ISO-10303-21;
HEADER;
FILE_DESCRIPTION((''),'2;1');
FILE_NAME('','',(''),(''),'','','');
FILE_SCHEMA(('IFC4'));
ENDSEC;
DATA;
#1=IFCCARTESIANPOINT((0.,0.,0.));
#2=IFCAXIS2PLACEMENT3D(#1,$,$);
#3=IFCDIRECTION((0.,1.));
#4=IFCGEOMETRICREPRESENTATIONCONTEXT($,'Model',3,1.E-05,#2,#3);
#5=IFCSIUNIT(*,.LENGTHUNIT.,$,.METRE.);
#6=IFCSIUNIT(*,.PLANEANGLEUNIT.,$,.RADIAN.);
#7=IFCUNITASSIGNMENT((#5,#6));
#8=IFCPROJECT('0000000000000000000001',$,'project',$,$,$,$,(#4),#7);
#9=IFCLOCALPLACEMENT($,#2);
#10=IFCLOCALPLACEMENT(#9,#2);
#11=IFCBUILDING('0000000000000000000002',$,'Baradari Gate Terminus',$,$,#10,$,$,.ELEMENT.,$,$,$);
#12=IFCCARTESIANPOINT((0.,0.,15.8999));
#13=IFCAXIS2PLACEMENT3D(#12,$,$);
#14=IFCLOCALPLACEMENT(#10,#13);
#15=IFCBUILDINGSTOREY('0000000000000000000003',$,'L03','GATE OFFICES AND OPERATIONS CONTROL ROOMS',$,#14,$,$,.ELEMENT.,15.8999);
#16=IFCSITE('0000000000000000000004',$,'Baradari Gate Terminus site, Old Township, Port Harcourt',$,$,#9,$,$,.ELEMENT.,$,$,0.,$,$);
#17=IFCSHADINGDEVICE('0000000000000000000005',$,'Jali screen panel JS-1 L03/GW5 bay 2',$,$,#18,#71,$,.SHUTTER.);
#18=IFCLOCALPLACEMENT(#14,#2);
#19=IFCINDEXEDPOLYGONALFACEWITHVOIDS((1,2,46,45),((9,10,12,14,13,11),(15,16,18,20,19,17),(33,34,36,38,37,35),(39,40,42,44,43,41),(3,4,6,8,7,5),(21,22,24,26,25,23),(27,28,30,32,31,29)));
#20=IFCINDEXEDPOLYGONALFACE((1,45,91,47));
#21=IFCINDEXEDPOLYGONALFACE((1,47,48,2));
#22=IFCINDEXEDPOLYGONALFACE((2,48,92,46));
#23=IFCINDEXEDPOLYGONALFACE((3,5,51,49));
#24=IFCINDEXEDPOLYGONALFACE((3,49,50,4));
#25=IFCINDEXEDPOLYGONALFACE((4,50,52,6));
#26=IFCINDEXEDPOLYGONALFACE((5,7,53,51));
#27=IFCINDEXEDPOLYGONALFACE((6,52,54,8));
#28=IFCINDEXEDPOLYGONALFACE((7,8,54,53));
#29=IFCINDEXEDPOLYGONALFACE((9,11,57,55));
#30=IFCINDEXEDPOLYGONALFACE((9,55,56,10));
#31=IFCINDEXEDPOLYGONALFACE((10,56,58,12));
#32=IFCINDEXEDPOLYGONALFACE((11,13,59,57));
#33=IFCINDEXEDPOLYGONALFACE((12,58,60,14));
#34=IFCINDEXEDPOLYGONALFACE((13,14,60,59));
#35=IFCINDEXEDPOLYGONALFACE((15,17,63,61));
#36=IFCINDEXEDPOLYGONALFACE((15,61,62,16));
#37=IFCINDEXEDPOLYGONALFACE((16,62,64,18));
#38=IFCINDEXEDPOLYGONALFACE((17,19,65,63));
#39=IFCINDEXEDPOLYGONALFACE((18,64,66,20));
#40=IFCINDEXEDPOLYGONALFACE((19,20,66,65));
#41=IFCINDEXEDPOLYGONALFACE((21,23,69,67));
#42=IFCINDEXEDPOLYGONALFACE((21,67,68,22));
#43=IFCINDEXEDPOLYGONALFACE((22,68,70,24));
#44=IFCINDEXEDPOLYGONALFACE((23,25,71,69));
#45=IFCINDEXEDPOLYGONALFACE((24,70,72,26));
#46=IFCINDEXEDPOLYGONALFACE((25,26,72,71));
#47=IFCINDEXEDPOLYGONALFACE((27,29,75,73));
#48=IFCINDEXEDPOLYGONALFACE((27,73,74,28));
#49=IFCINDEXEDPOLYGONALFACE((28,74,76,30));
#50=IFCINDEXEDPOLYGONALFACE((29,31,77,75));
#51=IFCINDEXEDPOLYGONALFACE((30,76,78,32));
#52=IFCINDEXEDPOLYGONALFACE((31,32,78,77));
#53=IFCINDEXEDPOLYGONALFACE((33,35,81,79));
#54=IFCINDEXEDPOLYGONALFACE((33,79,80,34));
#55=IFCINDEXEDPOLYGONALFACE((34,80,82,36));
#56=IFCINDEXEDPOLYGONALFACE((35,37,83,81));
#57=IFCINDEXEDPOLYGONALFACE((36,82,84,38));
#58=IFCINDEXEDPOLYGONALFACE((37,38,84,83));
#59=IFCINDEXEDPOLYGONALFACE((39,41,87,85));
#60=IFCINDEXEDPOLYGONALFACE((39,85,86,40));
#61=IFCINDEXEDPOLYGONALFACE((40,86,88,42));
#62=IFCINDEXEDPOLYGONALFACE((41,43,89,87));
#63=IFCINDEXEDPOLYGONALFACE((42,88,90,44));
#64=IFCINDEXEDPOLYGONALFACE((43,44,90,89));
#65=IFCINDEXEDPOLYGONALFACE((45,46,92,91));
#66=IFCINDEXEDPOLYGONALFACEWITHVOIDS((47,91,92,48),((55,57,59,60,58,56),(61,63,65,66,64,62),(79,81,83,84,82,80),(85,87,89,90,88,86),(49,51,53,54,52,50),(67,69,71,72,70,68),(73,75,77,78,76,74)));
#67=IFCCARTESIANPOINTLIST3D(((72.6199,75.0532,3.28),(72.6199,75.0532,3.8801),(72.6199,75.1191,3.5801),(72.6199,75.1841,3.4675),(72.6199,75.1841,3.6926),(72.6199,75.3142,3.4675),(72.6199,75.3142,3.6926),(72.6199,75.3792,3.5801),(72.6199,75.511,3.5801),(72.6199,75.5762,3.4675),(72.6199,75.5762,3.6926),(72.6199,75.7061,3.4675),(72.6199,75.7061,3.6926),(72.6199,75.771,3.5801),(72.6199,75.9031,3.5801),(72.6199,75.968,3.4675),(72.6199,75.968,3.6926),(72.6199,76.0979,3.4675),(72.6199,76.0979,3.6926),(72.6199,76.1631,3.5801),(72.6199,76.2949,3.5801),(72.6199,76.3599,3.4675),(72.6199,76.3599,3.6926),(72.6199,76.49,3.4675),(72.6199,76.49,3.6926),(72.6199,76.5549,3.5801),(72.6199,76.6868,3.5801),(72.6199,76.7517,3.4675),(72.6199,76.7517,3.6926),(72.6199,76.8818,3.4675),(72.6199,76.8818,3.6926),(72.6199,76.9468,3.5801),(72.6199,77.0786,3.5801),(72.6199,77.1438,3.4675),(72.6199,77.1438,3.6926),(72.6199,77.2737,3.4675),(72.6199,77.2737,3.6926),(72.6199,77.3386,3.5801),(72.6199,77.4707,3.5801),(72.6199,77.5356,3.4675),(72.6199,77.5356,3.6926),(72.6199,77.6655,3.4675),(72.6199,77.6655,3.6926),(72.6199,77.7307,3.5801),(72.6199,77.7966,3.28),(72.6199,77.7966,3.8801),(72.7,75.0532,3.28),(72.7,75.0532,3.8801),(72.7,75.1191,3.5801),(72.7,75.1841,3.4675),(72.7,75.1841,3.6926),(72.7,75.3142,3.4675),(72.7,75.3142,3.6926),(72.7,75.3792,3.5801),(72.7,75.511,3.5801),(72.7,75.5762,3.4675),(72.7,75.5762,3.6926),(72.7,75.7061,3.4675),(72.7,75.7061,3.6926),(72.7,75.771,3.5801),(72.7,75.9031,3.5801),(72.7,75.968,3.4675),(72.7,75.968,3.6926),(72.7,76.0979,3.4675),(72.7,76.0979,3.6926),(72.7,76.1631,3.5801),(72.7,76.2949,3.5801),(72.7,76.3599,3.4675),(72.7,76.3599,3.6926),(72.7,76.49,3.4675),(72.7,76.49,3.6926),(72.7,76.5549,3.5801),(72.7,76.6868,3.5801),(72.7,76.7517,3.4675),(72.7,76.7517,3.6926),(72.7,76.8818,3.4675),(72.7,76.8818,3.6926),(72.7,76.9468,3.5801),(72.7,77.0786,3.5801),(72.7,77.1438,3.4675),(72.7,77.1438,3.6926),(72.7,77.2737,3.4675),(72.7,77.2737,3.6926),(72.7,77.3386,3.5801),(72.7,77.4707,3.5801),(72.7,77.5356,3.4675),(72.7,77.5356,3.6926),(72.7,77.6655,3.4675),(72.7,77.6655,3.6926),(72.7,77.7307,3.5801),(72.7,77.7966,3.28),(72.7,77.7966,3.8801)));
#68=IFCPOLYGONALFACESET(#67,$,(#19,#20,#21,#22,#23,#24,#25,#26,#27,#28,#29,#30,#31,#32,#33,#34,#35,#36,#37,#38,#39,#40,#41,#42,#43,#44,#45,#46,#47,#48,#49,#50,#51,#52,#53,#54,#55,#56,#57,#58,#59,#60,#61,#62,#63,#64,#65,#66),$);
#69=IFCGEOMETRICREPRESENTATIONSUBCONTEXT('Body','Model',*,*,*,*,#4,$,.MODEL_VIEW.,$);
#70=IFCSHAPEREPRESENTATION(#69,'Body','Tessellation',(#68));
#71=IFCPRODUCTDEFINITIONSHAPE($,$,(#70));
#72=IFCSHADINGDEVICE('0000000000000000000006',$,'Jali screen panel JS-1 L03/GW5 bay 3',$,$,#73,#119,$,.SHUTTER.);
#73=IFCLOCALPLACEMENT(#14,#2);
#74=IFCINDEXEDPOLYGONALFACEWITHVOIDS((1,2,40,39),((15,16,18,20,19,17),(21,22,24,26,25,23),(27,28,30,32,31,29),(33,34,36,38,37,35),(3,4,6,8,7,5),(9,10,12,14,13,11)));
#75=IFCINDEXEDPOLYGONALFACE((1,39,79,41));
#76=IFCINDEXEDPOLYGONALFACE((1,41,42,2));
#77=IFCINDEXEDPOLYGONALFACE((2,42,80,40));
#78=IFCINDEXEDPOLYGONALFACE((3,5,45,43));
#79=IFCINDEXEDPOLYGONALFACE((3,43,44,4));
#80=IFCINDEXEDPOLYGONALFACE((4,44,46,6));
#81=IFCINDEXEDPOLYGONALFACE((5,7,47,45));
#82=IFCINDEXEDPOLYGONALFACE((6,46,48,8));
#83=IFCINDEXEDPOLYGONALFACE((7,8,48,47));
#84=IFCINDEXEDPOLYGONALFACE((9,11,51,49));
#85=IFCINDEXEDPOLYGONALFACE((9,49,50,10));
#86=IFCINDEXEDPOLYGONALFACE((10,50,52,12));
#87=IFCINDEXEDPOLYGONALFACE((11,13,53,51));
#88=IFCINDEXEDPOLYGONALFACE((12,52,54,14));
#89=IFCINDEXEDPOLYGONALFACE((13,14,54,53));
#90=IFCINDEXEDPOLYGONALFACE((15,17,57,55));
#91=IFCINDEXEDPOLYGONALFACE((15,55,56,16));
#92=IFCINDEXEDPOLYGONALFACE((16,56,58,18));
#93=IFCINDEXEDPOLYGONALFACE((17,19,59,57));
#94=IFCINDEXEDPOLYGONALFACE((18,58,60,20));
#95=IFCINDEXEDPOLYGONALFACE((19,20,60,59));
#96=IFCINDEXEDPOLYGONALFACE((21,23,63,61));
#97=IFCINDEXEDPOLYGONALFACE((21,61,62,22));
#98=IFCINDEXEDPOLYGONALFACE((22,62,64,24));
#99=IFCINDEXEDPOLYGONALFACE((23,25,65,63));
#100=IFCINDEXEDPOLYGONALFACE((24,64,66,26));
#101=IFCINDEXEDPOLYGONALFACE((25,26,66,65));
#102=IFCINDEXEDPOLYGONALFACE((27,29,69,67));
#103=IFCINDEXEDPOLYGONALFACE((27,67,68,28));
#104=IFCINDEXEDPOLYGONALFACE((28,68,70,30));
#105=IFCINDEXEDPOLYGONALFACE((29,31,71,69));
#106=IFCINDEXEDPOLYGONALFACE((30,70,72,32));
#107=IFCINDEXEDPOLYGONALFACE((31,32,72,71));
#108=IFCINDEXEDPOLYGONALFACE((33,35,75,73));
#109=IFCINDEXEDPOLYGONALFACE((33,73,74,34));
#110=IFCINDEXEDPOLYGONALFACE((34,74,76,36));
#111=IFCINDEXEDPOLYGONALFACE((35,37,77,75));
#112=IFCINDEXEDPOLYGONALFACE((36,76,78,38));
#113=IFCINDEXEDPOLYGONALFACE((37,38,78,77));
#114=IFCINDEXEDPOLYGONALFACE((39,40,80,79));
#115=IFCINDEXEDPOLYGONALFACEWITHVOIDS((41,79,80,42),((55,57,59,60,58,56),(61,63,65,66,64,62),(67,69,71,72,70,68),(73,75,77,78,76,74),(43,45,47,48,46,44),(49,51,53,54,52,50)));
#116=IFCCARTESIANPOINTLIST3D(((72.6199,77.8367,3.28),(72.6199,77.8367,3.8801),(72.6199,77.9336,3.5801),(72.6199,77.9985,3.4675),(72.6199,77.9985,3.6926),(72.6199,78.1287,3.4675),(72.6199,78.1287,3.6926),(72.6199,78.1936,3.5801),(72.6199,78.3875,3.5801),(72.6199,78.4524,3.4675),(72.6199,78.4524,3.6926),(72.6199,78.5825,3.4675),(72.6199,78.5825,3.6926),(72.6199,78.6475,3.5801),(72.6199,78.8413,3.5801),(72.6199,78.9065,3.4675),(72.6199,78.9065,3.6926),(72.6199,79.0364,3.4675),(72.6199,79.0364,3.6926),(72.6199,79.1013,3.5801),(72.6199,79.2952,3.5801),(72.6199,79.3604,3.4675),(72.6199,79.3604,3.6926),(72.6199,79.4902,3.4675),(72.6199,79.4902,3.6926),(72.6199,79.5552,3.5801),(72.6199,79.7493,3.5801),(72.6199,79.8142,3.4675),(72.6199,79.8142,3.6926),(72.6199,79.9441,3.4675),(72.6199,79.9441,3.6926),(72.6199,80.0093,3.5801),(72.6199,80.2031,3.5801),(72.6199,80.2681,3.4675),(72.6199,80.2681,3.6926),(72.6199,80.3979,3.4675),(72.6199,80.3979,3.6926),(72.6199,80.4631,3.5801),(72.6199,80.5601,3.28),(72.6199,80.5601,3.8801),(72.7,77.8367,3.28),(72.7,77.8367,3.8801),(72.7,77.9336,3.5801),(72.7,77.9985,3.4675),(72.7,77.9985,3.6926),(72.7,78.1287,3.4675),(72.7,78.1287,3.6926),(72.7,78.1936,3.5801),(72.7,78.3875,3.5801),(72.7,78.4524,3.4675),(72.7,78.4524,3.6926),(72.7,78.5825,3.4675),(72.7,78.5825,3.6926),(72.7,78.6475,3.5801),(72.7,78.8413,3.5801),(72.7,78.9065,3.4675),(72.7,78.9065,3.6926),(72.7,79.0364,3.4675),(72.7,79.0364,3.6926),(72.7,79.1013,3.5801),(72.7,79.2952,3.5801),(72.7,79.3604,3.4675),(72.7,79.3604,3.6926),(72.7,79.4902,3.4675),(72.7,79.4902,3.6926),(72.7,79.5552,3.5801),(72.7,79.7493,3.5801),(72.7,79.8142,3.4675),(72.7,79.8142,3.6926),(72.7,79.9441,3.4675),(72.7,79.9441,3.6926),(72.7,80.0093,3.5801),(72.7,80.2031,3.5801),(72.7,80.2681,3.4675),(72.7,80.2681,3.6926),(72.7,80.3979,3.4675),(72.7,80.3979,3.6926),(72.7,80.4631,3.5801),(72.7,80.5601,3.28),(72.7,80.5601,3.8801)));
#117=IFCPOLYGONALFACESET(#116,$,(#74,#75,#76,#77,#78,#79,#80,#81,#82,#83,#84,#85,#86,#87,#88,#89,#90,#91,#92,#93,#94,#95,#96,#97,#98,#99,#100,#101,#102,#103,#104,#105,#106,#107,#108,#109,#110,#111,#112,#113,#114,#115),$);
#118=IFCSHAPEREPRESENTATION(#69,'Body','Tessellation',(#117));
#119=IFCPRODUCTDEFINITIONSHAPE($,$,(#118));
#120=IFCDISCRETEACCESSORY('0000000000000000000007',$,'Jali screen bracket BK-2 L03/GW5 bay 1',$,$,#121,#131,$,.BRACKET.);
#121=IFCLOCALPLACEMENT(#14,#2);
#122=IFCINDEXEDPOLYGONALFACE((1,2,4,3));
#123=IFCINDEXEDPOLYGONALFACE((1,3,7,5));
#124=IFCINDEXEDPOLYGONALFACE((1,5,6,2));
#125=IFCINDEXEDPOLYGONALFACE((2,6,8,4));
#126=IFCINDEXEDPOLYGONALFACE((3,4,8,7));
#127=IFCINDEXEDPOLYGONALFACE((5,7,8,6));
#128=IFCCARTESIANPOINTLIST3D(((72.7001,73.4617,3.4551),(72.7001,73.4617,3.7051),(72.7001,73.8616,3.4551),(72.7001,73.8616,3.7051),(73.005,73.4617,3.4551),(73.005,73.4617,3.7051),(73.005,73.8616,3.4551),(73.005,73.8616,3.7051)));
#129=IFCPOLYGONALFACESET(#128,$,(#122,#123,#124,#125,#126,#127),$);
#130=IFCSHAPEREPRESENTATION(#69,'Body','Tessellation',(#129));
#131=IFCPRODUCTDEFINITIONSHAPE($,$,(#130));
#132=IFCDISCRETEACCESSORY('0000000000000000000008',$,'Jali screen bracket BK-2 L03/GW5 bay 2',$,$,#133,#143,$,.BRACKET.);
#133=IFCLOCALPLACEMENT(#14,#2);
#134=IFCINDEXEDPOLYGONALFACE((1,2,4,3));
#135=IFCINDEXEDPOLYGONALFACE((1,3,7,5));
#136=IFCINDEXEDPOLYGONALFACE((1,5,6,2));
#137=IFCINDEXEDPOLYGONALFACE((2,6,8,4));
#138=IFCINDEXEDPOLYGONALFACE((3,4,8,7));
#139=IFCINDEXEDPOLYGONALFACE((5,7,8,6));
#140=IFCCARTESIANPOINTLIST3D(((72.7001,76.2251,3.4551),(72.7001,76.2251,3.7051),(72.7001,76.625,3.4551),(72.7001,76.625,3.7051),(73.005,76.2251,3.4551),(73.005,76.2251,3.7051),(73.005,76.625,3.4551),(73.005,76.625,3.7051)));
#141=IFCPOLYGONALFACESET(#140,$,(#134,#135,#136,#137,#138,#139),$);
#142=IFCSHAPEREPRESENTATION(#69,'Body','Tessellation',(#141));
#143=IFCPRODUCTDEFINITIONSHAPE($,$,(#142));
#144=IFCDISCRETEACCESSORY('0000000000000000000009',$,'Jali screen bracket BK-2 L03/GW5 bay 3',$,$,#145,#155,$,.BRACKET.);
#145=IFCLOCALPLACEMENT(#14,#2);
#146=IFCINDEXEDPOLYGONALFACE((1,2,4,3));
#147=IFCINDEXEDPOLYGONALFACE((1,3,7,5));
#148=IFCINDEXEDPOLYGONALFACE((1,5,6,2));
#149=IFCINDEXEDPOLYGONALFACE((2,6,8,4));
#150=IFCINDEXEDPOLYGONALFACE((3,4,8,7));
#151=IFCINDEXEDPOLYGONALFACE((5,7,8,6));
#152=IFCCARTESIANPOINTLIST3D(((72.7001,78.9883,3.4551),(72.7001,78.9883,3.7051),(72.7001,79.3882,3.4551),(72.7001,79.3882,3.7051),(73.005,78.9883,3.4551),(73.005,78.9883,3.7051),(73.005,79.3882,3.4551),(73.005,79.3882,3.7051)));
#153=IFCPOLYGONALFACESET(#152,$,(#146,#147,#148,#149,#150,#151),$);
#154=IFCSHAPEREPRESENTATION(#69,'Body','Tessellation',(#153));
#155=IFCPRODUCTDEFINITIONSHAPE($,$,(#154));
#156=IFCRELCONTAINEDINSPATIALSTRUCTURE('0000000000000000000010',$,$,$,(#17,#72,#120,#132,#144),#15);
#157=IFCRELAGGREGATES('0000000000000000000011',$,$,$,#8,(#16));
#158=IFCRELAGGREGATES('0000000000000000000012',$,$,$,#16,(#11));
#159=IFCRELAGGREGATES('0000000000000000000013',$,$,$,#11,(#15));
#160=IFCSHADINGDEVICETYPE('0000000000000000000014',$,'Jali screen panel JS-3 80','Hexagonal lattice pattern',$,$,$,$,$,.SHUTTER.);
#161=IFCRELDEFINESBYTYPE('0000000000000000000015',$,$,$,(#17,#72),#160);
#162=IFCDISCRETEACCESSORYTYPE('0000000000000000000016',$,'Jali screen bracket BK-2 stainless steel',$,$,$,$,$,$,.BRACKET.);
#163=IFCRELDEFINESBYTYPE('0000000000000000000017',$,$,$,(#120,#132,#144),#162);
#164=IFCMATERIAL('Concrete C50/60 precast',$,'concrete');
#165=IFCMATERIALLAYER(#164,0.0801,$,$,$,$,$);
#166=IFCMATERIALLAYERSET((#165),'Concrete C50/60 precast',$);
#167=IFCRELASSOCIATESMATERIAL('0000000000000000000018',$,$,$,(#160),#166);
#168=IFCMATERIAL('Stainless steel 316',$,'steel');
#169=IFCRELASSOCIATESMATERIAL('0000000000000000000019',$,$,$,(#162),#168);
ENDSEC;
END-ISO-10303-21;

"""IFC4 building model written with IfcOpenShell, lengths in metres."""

from ifc_helpers import new_model, si_unit, direction, frame, origin, origin_2d, place, context, subcontext, project, spatial, polyline, rectangle, outline, extrude, material, layer, layer_set, type_object, element, save


model = new_model("IFC4")

# Units and contexts
model_context = context("Model", 3, precision=1e-05, world=origin(), true_north=direction((0.0, 1.0)))
body_context = subcontext(model_context, "Body", "Model", "MODEL_VIEW")
ifc_project = project(units=[si_unit("LENGTHUNIT", "METRE"), si_unit("PLANEANGLEUNIT", "RADIAN")], contexts=[model_context])

# Site, building, storey
site_placement = place(None, origin())
site = spatial("IfcSite", under=ifc_project, at=site_placement, Name="Baradari Gate Terminus site, Old Township, Port Harcourt", CompositionType="ELEMENT", RefElevation=0.0)
building_placement = place(site_placement, origin())
building = spatial("IfcBuilding", under=site, at=building_placement, Name="Baradari Gate Terminus", CompositionType="ELEMENT")
storey_placement = place(building_placement, frame((0.0, 0.0, 15.8999)))
storey = spatial("IfcBuildingStorey", under=building, at=storey_placement, Name="L03", Description="GATE OFFICES AND OPERATIONS CONTROL ROOMS", CompositionType="ELEMENT", Elevation=15.8999)

# Shading devices
ifc_material_1 = material(Name="Concrete C50/60 precast", Category="concrete")
ifc_layer_1 = layer(ifc_material_1, 0.0801)
ifc_layer_set_1 = layer_set([ifc_layer_1], Name="Concrete C50/60 precast")
shading_device_type = type_object("IfcShadingDeviceType", Name="Jali screen panel JS-3 80", Description="Hexagonal lattice pattern", PredefinedType="SHUTTER", material=ifc_layer_set_1)
shading_device_1_placement = place(storey_placement, frame((72.6599, 75.0532, 3.28), z_axis=(0.0, 0.0, 1.0), x_axis=(0.0, 1.0, 0.0)))
element("IfcShadingDevice", 1, at=shading_device_1_placement, inside=storey, type_object=shading_device_type, Name="Jali screen panel JS-1 L03/GW5 bay 2", PredefinedType="SHUTTER", context=body_context, shape_type="SweptSolid", body=[
    extrude(outline(polyline([(0.0, 0.0), (2.7434, 0.0), (2.7434, 0.6001), (0.0, 0.6001), (0.0, 0.0)]), holes=[polyline([(0.3259, 0.3), (0.261, 0.1875), (0.1309, 0.1875), (0.0659, 0.3), (0.1309, 0.4126), (0.261, 0.4126), (0.3259, 0.3)]), polyline([(0.7178, 0.3), (0.6528, 0.1875), (0.5229, 0.1875), (0.4578, 0.3), (0.5229, 0.4126), (0.6528, 0.4126), (0.7178, 0.3)]), polyline([(1.1099, 0.3), (1.0447, 0.1875), (0.9148, 0.1875), (0.8499, 0.3), (0.9148, 0.4126), (1.0447, 0.4126), (1.1099, 0.3)]), polyline([(1.5017, 0.3), (1.4368, 0.1875), (1.3066, 0.1875), (1.2417, 0.3), (1.3066, 0.4126), (1.4368, 0.4126), (1.5017, 0.3)]), polyline([(1.8936, 0.3), (1.8286, 0.1875), (1.6985, 0.1875), (1.6335, 0.3), (1.6985, 0.4126), (1.8286, 0.4126), (1.8936, 0.3)]), polyline([(2.2854, 0.3), (2.2205, 0.1875), (2.0906, 0.1875), (2.0254, 0.3), (2.0906, 0.4126), (2.2205, 0.4126), (2.2854, 0.3)]), polyline([(2.6775, 0.3), (2.6123, 0.1875), (2.4824, 0.1875), (2.4175, 0.3), (2.4824, 0.4126), (2.6123, 0.4126), (2.6775, 0.3)])]), frame((0.0, 0.04, 0.0), z_axis=(0.0, -1.0, 0.0), x_axis=(1.0, 0.0, 0.0)), (0.0, 0.0, 1.0), 0.0801),
])
shading_device_2_placement = place(storey_placement, frame((72.6599, 77.8367, 3.28), z_axis=(0.0, 0.0, 1.0), x_axis=(0.0, 1.0, 0.0)))
element("IfcShadingDevice", 2, at=shading_device_2_placement, inside=storey, type_object=shading_device_type, Name="Jali screen panel JS-1 L03/GW5 bay 3", PredefinedType="SHUTTER", context=body_context, shape_type="SweptSolid", body=[
    extrude(outline(polyline([(0.0, 0.0), (2.7234, 0.0), (2.7234, 0.6001), (0.0, 0.6001), (0.0, 0.0)]), holes=[polyline([(0.3569, 0.3), (0.292, 0.1875), (0.1619, 0.1875), (0.0969, 0.3), (0.1619, 0.4126), (0.292, 0.4126), (0.3569, 0.3)]), polyline([(0.8108, 0.3), (0.7458, 0.1875), (0.6157, 0.1875), (0.5508, 0.3), (0.6157, 0.4126), (0.7458, 0.4126), (0.8108, 0.3)]), polyline([(1.2646, 0.3), (1.1997, 0.1875), (1.0698, 0.1875), (1.0046, 0.3), (1.0698, 0.4126), (1.1997, 0.4126), (1.2646, 0.3)]), polyline([(1.7185, 0.3), (1.6536, 0.1875), (1.5237, 0.1875), (1.4585, 0.3), (1.5237, 0.4126), (1.6536, 0.4126), (1.7185, 0.3)]), polyline([(2.1726, 0.3), (2.1074, 0.1875), (1.9775, 0.1875), (1.9126, 0.3), (1.9775, 0.4126), (2.1074, 0.4126), (2.1726, 0.3)]), polyline([(2.6265, 0.3), (2.5613, 0.1875), (2.4314, 0.1875), (2.3665, 0.3), (2.4314, 0.4126), (2.5613, 0.4126), (2.6265, 0.3)])]), frame((0.0, 0.04, 0.0), z_axis=(0.0, -1.0, 0.0), x_axis=(1.0, 0.0, 0.0)), (0.0, 0.0, 1.0), 0.0801),
])

# Discrete accessories
ifc_material_2 = material(Name="Stainless steel 316", Category="steel")
discrete_accessory_type = type_object("IfcDiscreteAccessoryType", Name="Jali screen bracket BK-2 stainless steel", PredefinedType="BRACKET", material=ifc_material_2)
for number, where, z_axis, x_axis, name in (
    (3, (72.8525, 73.6616, 3.4551), (0.0, 0.0, 1.0), (-1.0, 0.0, 0.0), "Jali screen bracket BK-2 L03/GW5 bay 1"),
    (4, (72.8525, 76.425, 3.4551), (0.0, 0.0, 1.0), (-1.0, 0.0, 0.0), "Jali screen bracket BK-2 L03/GW5 bay 2"),
    (5, (72.8525, 79.1882, 3.4551), (0.0, 0.0, 1.0), (-1.0, 0.0, 0.0), "Jali screen bracket BK-2 L03/GW5 bay 3"),
):
    element("IfcDiscreteAccessory", number, at=place(storey_placement, frame(where, z_axis=z_axis, x_axis=x_axis)), inside=storey, type_object=discrete_accessory_type, Name=name, PredefinedType="BRACKET", context=body_context, shape_type="SweptSolid", body=[
        extrude(rectangle(XDim=0.3049, YDim=0.3999, at=origin_2d()), origin(), (0.0, 0.0, 1.0), 0.25),
    ])

save(model, "model.ifc")
